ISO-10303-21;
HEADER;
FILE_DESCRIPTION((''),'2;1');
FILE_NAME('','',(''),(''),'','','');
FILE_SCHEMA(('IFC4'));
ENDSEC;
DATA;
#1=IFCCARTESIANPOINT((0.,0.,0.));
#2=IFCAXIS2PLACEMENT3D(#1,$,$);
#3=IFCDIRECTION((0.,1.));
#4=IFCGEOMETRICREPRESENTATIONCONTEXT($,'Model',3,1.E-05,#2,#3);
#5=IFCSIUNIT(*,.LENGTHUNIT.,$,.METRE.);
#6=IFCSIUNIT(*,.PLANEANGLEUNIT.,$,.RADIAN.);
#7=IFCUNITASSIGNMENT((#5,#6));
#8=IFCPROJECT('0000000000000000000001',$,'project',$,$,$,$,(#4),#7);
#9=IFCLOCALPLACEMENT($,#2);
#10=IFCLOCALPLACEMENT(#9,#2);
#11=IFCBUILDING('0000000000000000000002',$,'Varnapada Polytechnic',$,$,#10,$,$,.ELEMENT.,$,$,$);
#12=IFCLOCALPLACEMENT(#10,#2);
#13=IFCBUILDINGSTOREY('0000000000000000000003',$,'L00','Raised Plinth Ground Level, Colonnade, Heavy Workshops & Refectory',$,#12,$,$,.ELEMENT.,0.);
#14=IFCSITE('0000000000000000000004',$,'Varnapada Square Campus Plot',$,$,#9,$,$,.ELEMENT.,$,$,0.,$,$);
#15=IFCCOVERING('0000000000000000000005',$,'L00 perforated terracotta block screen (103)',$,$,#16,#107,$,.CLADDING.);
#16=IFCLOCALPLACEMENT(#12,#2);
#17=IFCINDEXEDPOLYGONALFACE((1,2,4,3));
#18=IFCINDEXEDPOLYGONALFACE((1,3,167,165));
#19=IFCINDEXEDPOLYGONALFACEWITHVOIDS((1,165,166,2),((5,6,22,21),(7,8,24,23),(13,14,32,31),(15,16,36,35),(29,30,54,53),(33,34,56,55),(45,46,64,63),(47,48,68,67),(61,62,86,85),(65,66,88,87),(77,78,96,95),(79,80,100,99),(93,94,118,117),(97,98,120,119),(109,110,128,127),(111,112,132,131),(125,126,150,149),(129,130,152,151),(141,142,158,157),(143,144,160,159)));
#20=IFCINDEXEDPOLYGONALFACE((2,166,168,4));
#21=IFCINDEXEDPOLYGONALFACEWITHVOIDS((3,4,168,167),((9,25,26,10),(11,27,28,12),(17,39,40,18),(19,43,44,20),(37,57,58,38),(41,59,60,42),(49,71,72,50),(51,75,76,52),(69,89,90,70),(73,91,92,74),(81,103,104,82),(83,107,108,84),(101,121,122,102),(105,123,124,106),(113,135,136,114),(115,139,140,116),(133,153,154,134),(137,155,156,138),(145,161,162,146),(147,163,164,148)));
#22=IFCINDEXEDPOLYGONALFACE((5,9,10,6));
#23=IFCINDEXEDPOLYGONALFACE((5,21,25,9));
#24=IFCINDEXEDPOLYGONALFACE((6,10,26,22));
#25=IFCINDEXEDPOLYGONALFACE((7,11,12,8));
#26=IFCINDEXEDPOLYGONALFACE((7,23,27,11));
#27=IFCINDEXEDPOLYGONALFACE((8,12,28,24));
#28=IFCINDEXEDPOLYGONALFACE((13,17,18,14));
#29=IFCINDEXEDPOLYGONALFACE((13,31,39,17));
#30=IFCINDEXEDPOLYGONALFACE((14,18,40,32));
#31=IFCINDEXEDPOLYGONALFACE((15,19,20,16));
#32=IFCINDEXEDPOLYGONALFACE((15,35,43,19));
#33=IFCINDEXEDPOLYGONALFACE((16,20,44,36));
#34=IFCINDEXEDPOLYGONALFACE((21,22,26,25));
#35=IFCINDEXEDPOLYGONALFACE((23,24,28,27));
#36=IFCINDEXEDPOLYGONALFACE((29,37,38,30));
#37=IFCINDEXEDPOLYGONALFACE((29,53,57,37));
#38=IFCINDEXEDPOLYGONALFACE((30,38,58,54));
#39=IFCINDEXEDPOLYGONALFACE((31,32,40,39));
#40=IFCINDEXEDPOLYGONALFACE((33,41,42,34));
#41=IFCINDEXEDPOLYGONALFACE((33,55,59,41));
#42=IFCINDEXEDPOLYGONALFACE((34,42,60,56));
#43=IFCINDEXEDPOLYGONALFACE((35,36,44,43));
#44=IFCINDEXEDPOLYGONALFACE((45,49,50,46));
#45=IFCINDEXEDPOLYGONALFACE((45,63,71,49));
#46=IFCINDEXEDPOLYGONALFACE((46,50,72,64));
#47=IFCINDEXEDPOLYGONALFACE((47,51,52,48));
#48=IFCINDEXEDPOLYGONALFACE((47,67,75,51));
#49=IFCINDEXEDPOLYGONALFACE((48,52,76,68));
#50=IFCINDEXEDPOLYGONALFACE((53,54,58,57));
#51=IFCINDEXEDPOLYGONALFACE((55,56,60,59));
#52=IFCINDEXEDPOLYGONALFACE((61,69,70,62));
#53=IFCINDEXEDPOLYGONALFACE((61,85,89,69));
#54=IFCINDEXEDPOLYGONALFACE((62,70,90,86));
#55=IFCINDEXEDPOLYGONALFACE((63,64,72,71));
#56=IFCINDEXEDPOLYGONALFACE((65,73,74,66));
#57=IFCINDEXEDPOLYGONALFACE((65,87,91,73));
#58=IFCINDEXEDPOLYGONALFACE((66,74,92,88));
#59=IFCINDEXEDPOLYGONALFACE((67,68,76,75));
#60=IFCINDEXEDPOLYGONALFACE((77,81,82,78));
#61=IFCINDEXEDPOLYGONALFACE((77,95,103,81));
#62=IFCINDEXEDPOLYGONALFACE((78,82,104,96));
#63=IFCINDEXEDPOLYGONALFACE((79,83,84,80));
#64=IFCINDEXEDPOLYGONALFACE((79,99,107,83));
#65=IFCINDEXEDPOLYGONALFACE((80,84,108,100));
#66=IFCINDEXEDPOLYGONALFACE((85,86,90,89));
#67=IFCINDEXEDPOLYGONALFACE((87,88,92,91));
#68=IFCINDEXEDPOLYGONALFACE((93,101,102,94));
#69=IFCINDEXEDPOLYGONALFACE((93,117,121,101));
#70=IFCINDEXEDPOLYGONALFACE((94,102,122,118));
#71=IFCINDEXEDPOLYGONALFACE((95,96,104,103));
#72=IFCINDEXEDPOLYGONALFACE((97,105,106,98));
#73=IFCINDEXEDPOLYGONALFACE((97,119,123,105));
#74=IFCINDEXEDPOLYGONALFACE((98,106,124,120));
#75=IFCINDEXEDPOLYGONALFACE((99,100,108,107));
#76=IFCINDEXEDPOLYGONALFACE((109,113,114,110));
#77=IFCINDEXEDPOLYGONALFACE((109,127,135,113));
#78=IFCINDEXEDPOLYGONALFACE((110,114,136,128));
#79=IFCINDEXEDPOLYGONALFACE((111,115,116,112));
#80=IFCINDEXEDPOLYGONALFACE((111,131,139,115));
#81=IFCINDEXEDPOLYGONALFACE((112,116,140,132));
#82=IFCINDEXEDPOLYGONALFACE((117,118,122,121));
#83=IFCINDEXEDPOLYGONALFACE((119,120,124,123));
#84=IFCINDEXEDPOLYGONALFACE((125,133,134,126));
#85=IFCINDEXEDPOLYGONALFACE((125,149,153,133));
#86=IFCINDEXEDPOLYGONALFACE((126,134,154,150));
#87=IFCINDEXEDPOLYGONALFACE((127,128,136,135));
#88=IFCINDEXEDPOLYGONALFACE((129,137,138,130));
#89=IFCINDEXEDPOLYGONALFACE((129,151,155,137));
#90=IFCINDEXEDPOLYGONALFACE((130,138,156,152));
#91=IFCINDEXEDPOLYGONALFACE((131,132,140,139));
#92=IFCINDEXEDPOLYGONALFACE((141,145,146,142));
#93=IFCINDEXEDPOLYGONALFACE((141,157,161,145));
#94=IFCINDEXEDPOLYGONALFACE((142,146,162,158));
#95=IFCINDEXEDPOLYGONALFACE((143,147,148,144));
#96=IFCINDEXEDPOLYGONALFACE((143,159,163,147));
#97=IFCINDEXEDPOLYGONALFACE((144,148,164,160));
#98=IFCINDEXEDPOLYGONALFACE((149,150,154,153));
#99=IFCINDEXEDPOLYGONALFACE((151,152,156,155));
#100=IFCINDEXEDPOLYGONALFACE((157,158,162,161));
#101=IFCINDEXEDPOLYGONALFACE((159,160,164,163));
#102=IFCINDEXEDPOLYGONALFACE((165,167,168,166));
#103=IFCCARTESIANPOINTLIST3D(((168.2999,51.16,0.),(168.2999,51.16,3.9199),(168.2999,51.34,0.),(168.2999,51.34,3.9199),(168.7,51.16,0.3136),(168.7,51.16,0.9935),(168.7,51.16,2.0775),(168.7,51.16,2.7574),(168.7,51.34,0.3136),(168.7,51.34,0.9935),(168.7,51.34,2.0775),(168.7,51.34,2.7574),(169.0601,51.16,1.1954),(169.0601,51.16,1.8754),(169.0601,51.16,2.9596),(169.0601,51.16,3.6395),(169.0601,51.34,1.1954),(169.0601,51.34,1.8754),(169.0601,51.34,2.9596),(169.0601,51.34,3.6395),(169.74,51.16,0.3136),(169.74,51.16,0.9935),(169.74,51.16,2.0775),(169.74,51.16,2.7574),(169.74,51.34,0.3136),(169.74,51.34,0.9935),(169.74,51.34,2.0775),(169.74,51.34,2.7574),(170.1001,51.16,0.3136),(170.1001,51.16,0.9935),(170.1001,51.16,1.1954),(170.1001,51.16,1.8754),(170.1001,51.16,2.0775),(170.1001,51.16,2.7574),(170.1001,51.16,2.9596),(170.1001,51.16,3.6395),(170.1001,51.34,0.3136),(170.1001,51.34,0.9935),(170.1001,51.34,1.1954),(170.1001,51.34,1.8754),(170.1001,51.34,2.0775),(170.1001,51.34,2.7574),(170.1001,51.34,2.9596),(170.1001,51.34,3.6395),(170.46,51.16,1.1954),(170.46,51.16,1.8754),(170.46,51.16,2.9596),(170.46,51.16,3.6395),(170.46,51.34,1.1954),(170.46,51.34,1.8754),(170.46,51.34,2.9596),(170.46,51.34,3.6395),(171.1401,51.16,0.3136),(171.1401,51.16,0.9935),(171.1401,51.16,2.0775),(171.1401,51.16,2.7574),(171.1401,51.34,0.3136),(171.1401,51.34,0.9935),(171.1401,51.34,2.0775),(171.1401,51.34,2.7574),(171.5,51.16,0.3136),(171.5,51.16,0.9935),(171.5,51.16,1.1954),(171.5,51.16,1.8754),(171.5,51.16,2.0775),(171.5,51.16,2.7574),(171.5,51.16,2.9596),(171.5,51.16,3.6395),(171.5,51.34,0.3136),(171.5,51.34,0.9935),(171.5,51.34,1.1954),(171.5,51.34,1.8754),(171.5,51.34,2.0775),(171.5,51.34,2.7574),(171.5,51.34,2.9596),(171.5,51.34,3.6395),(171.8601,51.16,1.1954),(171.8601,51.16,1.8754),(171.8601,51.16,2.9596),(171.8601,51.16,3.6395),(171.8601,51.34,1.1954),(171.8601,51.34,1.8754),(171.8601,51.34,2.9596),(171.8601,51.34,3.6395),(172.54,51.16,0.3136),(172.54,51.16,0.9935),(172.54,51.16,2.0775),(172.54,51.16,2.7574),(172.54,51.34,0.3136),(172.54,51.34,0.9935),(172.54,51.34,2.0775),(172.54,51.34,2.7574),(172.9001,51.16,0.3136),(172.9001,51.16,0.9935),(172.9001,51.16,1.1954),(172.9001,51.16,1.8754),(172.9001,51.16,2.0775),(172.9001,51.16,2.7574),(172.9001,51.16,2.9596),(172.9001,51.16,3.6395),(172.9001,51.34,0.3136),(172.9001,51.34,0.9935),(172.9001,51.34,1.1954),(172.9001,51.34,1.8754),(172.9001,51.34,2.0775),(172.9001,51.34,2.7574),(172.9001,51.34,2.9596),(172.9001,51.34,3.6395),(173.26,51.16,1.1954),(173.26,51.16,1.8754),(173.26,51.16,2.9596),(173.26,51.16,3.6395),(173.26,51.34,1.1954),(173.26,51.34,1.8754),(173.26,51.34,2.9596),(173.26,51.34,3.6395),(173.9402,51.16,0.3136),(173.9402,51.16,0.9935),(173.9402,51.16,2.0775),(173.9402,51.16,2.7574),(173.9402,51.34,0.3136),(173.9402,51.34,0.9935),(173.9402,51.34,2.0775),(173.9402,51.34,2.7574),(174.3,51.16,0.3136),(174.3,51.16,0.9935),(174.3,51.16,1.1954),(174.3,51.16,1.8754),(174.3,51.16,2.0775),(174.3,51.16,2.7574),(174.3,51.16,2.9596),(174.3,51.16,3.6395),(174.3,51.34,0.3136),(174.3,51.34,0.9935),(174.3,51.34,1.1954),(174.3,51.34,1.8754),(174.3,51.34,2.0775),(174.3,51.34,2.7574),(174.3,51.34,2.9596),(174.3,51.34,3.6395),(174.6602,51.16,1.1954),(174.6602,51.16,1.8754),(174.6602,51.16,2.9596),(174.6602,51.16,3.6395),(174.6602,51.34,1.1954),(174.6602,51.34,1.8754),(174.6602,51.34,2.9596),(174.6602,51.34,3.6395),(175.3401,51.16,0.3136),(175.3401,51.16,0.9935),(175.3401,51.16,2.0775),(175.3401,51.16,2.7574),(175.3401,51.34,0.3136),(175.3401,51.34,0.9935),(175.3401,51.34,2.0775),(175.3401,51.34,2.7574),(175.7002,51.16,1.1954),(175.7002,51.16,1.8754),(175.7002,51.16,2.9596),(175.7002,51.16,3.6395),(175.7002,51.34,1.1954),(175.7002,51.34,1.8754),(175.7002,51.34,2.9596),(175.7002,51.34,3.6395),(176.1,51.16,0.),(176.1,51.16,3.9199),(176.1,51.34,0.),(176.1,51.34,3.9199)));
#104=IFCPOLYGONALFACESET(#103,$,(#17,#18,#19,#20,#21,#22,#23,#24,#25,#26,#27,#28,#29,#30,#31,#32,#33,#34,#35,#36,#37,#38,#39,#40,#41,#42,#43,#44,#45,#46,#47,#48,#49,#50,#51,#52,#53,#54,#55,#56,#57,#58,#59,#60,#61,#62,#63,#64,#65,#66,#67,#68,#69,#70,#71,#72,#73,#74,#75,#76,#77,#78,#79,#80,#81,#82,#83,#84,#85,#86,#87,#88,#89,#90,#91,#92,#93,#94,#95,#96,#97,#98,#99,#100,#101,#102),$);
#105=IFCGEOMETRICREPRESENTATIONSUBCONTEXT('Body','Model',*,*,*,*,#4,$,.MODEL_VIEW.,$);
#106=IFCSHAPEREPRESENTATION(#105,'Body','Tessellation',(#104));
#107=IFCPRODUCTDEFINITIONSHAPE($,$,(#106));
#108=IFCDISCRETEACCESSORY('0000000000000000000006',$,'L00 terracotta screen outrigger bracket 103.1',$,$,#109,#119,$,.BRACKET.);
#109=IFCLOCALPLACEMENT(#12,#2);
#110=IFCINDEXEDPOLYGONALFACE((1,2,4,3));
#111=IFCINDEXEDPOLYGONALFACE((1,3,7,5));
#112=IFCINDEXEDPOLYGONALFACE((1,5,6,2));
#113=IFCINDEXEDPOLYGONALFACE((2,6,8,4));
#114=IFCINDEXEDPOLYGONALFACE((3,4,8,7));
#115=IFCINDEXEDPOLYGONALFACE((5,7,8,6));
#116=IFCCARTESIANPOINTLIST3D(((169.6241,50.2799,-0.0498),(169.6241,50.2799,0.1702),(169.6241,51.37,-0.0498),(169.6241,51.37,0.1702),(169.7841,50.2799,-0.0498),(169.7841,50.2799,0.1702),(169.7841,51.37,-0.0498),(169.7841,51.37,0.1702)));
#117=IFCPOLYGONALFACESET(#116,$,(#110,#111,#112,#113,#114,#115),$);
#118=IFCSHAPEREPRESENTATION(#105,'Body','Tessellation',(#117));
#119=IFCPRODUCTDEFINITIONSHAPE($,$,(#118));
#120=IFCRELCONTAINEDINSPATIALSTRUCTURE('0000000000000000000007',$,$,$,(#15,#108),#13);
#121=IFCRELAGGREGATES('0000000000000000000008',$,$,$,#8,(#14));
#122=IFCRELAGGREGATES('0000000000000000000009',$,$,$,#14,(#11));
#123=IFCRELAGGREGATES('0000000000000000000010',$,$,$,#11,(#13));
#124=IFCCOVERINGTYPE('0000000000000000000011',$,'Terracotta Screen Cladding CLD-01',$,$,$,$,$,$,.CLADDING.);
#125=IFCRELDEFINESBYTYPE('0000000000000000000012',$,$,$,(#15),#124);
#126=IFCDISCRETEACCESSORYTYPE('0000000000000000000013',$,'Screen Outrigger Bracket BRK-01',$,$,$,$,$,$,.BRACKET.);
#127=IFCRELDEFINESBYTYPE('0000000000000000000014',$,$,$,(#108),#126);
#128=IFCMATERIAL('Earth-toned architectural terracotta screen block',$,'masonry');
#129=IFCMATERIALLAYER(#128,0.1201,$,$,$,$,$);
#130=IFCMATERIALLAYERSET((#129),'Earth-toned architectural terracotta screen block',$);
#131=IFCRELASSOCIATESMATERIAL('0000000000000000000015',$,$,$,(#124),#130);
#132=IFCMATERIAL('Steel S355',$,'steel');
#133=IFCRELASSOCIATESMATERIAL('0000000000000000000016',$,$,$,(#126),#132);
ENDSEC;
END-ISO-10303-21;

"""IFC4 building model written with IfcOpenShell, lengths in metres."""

from ifc_helpers import new_model, si_unit, direction, frame, frame_2d, origin, origin_2d, place, context, subcontext, project, spatial, rectangle, extrude, material, layer, layer_set, type_object, element, save


model = new_model("IFC4")

# Units and contexts
model_context = context("Model", 3, precision=1e-05, world=origin(), true_north=direction((0.0, 1.0)))
body_context = subcontext(model_context, "Body", "Model", "MODEL_VIEW")
ifc_project = project(units=[si_unit("LENGTHUNIT", "METRE"), si_unit("PLANEANGLEUNIT", "RADIAN")], contexts=[model_context])

# Site, building, storey
site_placement = place(None, origin())
site = spatial("IfcSite", under=ifc_project, at=site_placement, Name="Varnapada Square Campus Plot", CompositionType="ELEMENT", RefElevation=0.0)
building_placement = place(site_placement, origin())
building = spatial("IfcBuilding", under=site, at=building_placement, Name="Varnapada Polytechnic", CompositionType="ELEMENT")
storey_placement = place(building_placement, origin())
storey = spatial("IfcBuildingStorey", under=building, at=storey_placement, Name="L00", Description="Raised Plinth Ground Level, Colonnade, Heavy Workshops & Refectory", CompositionType="ELEMENT", Elevation=0.0)

# Covering, openings
ifc_material_1 = material(Name="Earth-toned architectural terracotta screen block", Category="masonry")
ifc_layer_1 = layer(ifc_material_1, 0.1201)
ifc_layer_set_1 = layer_set([ifc_layer_1], Name="Earth-toned architectural terracotta screen block")
covering_type = type_object("IfcCoveringType", Name="Terracotta Screen Cladding CLD-01", PredefinedType="CLADDING", material=ifc_layer_set_1)
covering_placement = place(storey_placement, frame((168.3, 51.25, 0.0), z_axis=(0.0, 0.0, 1.0), x_axis=(1.0, 0.0, 0.0)))
covering = element("IfcCovering", 1, at=covering_placement, inside=storey, type_object=covering_type, Name="L00 perforated terracotta block screen (103)", PredefinedType="CLADDING", context=body_context, shape_type="SweptSolid", body=[
    extrude(rectangle(XDim=7.8, YDim=0.1799, at=frame_2d((3.8999, 0.0))), origin(), (0.0, 0.0, 1.0), 3.9199),
])
opening_1_placement = place(covering_placement, frame((0.3999, 0.0, 0.3137)))
element("IfcOpeningElement", 2, at=opening_1_placement, cuts=covering, PredefinedType="OPENING", context=body_context, shape_type="SweptSolid", body=[
    extrude(rectangle(XDim=1.04, YDim=0.6799, at=frame_2d((0.52, 0.3398))), frame((0.0, 0.0999, 0.0), z_axis=(0.0, -1.0, 0.0), x_axis=(1.0, 0.0, 0.0)), (0.0, 0.0, 1.0), 0.2),
])
opening_2_placement = place(covering_placement, frame((1.8, 0.0, 0.3137)))
element("IfcOpeningElement", 3, at=opening_2_placement, cuts=covering, PredefinedType="OPENING", context=body_context, shape_type="SweptSolid", body=[
    extrude(rectangle(XDim=1.04, YDim=0.6799, at=frame_2d((0.52, 0.3398))), frame((0.0, 0.0999, 0.0), z_axis=(0.0, -1.0, 0.0), x_axis=(1.0, 0.0, 0.0)), (0.0, 0.0, 1.0), 0.2),
])
opening_3_placement = place(covering_placement, frame((3.2, 0.0, 0.3137)))
element("IfcOpeningElement", 4, at=opening_3_placement, cuts=covering, PredefinedType="OPENING", context=body_context, shape_type="SweptSolid", body=[
    extrude(rectangle(XDim=1.04, YDim=0.6799, at=frame_2d((0.52, 0.3398))), frame((0.0, 0.0999, 0.0), z_axis=(0.0, -1.0, 0.0), x_axis=(1.0, 0.0, 0.0)), (0.0, 0.0, 1.0), 0.2),
])
opening_4_placement = place(covering_placement, frame((4.6001, 0.0, 0.3137)))
element("IfcOpeningElement", 5, at=opening_4_placement, cuts=covering, PredefinedType="OPENING", context=body_context, shape_type="SweptSolid", body=[
    extrude(rectangle(XDim=1.04, YDim=0.6799, at=frame_2d((0.52, 0.3398))), frame((0.0, 0.0999, 0.0), z_axis=(0.0, -1.0, 0.0), x_axis=(1.0, 0.0, 0.0)), (0.0, 0.0, 1.0), 0.2),
])
opening_5_placement = place(covering_placement, frame((6.0, 0.0, 0.3137)))
element("IfcOpeningElement", 6, at=opening_5_placement, cuts=covering, PredefinedType="OPENING", context=body_context, shape_type="SweptSolid", body=[
    extrude(rectangle(XDim=1.04, YDim=0.6799, at=frame_2d((0.52, 0.3398))), frame((0.0, 0.0999, 0.0), z_axis=(0.0, -1.0, 0.0), x_axis=(1.0, 0.0, 0.0)), (0.0, 0.0, 1.0), 0.2),
])
opening_6_placement = place(covering_placement, frame((0.76, 0.0, 1.1956)))
element("IfcOpeningElement", 7, at=opening_6_placement, cuts=covering, PredefinedType="OPENING", context=body_context, shape_type="SweptSolid", body=[
    extrude(rectangle(XDim=1.04, YDim=0.6799, at=frame_2d((0.52, 0.3398))), frame((0.0, 0.0999, 0.0), z_axis=(0.0, -1.0, 0.0), x_axis=(1.0, 0.0, 0.0)), (0.0, 0.0, 1.0), 0.2),
])
opening_7_placement = place(covering_placement, frame((2.1599, 0.0, 1.1956)))
element("IfcOpeningElement", 8, at=opening_7_placement, cuts=covering, PredefinedType="OPENING", context=body_context, shape_type="SweptSolid", body=[
    extrude(rectangle(XDim=1.04, YDim=0.6799, at=frame_2d((0.52, 0.3398))), frame((0.0, 0.0999, 0.0), z_axis=(0.0, -1.0, 0.0), x_axis=(1.0, 0.0, 0.0)), (0.0, 0.0, 1.0), 0.2),
])
opening_8_placement = place(covering_placement, frame((3.5601, 0.0, 1.1956)))
element("IfcOpeningElement", 9, at=opening_8_placement, cuts=covering, PredefinedType="OPENING", context=body_context, shape_type="SweptSolid", body=[
    extrude(rectangle(XDim=1.04, YDim=0.6799, at=frame_2d((0.52, 0.3398))), frame((0.0, 0.0999, 0.0), z_axis=(0.0, -1.0, 0.0), x_axis=(1.0, 0.0, 0.0)), (0.0, 0.0, 1.0), 0.2),
])
opening_9_placement = place(covering_placement, frame((4.96, 0.0, 1.1956)))
element("IfcOpeningElement", 10, at=opening_9_placement, cuts=covering, PredefinedType="OPENING", context=body_context, shape_type="SweptSolid", body=[
    extrude(rectangle(XDim=1.04, YDim=0.6799, at=frame_2d((0.52, 0.3398))), frame((0.0, 0.0999, 0.0), z_axis=(0.0, -1.0, 0.0), x_axis=(1.0, 0.0, 0.0)), (0.0, 0.0, 1.0), 0.2),
])
opening_10_placement = place(covering_placement, frame((6.3601, 0.0, 1.1956)))
element("IfcOpeningElement", 11, at=opening_10_placement, cuts=covering, PredefinedType="OPENING", context=body_context, shape_type="SweptSolid", body=[
    extrude(rectangle(XDim=1.04, YDim=0.6799, at=frame_2d((0.52, 0.3398))), frame((0.0, 0.0999, 0.0), z_axis=(0.0, -1.0, 0.0), x_axis=(1.0, 0.0, 0.0)), (0.0, 0.0, 1.0), 0.2),
])
opening_11_placement = place(covering_placement, frame((0.3999, 0.0, 2.0776)))
element("IfcOpeningElement", 12, at=opening_11_placement, cuts=covering, PredefinedType="OPENING", context=body_context, shape_type="SweptSolid", body=[
    extrude(rectangle(XDim=1.04, YDim=0.6799, at=frame_2d((0.52, 0.3398))), frame((0.0, 0.0999, 0.0), z_axis=(0.0, -1.0, 0.0), x_axis=(1.0, 0.0, 0.0)), (0.0, 0.0, 1.0), 0.2),
])
opening_12_placement = place(covering_placement, frame((1.8, 0.0, 2.0776)))
element("IfcOpeningElement", 13, at=opening_12_placement, cuts=covering, PredefinedType="OPENING", context=body_context, shape_type="SweptSolid", body=[
    extrude(rectangle(XDim=1.04, YDim=0.6799, at=frame_2d((0.52, 0.3398))), frame((0.0, 0.0999, 0.0), z_axis=(0.0, -1.0, 0.0), x_axis=(1.0, 0.0, 0.0)), (0.0, 0.0, 1.0), 0.2),
])
opening_13_placement = place(covering_placement, frame((3.2, 0.0, 2.0776)))
element("IfcOpeningElement", 14, at=opening_13_placement, cuts=covering, PredefinedType="OPENING", context=body_context, shape_type="SweptSolid", body=[
    extrude(rectangle(XDim=1.04, YDim=0.6799, at=frame_2d((0.52, 0.3398))), frame((0.0, 0.0999, 0.0), z_axis=(0.0, -1.0, 0.0), x_axis=(1.0, 0.0, 0.0)), (0.0, 0.0, 1.0), 0.2),
])
opening_14_placement = place(covering_placement, frame((4.6001, 0.0, 2.0776)))
element("IfcOpeningElement", 15, at=opening_14_placement, cuts=covering, PredefinedType="OPENING", context=body_context, shape_type="SweptSolid", body=[
    extrude(rectangle(XDim=1.04, YDim=0.6799, at=frame_2d((0.52, 0.3398))), frame((0.0, 0.0999, 0.0), z_axis=(0.0, -1.0, 0.0), x_axis=(1.0, 0.0, 0.0)), (0.0, 0.0, 1.0), 0.2),
])
opening_15_placement = place(covering_placement, frame((6.0, 0.0, 2.0776)))
element("IfcOpeningElement", 16, at=opening_15_placement, cuts=covering, PredefinedType="OPENING", context=body_context, shape_type="SweptSolid", body=[
    extrude(rectangle(XDim=1.04, YDim=0.6799, at=frame_2d((0.52, 0.3398))), frame((0.0, 0.0999, 0.0), z_axis=(0.0, -1.0, 0.0), x_axis=(1.0, 0.0, 0.0)), (0.0, 0.0, 1.0), 0.2),
])
opening_16_placement = place(covering_placement, frame((0.76, 0.0, 2.9597)))
element("IfcOpeningElement", 17, at=opening_16_placement, cuts=covering, PredefinedType="OPENING", context=body_context, shape_type="SweptSolid", body=[
    extrude(rectangle(XDim=1.04, YDim=0.6799, at=frame_2d((0.52, 0.3398))), frame((0.0, 0.0999, 0.0), z_axis=(0.0, -1.0, 0.0), x_axis=(1.0, 0.0, 0.0)), (0.0, 0.0, 1.0), 0.2),
])
opening_17_placement = place(covering_placement, frame((2.1599, 0.0, 2.9597)))
element("IfcOpeningElement", 18, at=opening_17_placement, cuts=covering, PredefinedType="OPENING", context=body_context, shape_type="SweptSolid", body=[
    extrude(rectangle(XDim=1.04, YDim=0.6799, at=frame_2d((0.52, 0.3398))), frame((0.0, 0.0999, 0.0), z_axis=(0.0, -1.0, 0.0), x_axis=(1.0, 0.0, 0.0)), (0.0, 0.0, 1.0), 0.2),
])
opening_18_placement = place(covering_placement, frame((3.5601, 0.0, 2.9597)))
element("IfcOpeningElement", 19, at=opening_18_placement, cuts=covering, PredefinedType="OPENING", context=body_context, shape_type="SweptSolid", body=[
    extrude(rectangle(XDim=1.04, YDim=0.6799, at=frame_2d((0.52, 0.3398))), frame((0.0, 0.0999, 0.0), z_axis=(0.0, -1.0, 0.0), x_axis=(1.0, 0.0, 0.0)), (0.0, 0.0, 1.0), 0.2),
])
opening_19_placement = place(covering_placement, frame((4.96, 0.0, 2.9597)))
element("IfcOpeningElement", 20, at=opening_19_placement, cuts=covering, PredefinedType="OPENING", context=body_context, shape_type="SweptSolid", body=[
    extrude(rectangle(XDim=1.04, YDim=0.6799, at=frame_2d((0.52, 0.3398))), frame((0.0, 0.0999, 0.0), z_axis=(0.0, -1.0, 0.0), x_axis=(1.0, 0.0, 0.0)), (0.0, 0.0, 1.0), 0.2),
])
opening_20_placement = place(covering_placement, frame((6.3601, 0.0, 2.9597)))
element("IfcOpeningElement", 21, at=opening_20_placement, cuts=covering, PredefinedType="OPENING", context=body_context, shape_type="SweptSolid", body=[
    extrude(rectangle(XDim=1.04, YDim=0.6799, at=frame_2d((0.52, 0.3398))), frame((0.0, 0.0999, 0.0), z_axis=(0.0, -1.0, 0.0), x_axis=(1.0, 0.0, 0.0)), (0.0, 0.0, 1.0), 0.2),
])

# Discrete accessory
ifc_material_2 = material(Name="Steel S355", Category="steel")
discrete_accessory_type = type_object("IfcDiscreteAccessoryType", Name="Screen Outrigger Bracket BRK-01", PredefinedType="BRACKET", material=ifc_material_2)
for number, where, z_axis, x_axis, name in (
    (22, (169.7041, 50.825, -0.0498), (0.0, 0.0, 1.0), (1.0, 0.0, 0.0), "L00 terracotta screen outrigger bracket 103.1"),
):
    element("IfcDiscreteAccessory", number, at=place(storey_placement, frame(where, z_axis=z_axis, x_axis=x_axis)), inside=storey, type_object=discrete_accessory_type, Name=name, PredefinedType="BRACKET", context=body_context, shape_type="SweptSolid", body=[
        extrude(rectangle(XDim=0.1599, YDim=1.0901, at=origin_2d()), origin(), (0.0, 0.0, 1.0), 0.22),
    ])

save(model, "model.ifc")
